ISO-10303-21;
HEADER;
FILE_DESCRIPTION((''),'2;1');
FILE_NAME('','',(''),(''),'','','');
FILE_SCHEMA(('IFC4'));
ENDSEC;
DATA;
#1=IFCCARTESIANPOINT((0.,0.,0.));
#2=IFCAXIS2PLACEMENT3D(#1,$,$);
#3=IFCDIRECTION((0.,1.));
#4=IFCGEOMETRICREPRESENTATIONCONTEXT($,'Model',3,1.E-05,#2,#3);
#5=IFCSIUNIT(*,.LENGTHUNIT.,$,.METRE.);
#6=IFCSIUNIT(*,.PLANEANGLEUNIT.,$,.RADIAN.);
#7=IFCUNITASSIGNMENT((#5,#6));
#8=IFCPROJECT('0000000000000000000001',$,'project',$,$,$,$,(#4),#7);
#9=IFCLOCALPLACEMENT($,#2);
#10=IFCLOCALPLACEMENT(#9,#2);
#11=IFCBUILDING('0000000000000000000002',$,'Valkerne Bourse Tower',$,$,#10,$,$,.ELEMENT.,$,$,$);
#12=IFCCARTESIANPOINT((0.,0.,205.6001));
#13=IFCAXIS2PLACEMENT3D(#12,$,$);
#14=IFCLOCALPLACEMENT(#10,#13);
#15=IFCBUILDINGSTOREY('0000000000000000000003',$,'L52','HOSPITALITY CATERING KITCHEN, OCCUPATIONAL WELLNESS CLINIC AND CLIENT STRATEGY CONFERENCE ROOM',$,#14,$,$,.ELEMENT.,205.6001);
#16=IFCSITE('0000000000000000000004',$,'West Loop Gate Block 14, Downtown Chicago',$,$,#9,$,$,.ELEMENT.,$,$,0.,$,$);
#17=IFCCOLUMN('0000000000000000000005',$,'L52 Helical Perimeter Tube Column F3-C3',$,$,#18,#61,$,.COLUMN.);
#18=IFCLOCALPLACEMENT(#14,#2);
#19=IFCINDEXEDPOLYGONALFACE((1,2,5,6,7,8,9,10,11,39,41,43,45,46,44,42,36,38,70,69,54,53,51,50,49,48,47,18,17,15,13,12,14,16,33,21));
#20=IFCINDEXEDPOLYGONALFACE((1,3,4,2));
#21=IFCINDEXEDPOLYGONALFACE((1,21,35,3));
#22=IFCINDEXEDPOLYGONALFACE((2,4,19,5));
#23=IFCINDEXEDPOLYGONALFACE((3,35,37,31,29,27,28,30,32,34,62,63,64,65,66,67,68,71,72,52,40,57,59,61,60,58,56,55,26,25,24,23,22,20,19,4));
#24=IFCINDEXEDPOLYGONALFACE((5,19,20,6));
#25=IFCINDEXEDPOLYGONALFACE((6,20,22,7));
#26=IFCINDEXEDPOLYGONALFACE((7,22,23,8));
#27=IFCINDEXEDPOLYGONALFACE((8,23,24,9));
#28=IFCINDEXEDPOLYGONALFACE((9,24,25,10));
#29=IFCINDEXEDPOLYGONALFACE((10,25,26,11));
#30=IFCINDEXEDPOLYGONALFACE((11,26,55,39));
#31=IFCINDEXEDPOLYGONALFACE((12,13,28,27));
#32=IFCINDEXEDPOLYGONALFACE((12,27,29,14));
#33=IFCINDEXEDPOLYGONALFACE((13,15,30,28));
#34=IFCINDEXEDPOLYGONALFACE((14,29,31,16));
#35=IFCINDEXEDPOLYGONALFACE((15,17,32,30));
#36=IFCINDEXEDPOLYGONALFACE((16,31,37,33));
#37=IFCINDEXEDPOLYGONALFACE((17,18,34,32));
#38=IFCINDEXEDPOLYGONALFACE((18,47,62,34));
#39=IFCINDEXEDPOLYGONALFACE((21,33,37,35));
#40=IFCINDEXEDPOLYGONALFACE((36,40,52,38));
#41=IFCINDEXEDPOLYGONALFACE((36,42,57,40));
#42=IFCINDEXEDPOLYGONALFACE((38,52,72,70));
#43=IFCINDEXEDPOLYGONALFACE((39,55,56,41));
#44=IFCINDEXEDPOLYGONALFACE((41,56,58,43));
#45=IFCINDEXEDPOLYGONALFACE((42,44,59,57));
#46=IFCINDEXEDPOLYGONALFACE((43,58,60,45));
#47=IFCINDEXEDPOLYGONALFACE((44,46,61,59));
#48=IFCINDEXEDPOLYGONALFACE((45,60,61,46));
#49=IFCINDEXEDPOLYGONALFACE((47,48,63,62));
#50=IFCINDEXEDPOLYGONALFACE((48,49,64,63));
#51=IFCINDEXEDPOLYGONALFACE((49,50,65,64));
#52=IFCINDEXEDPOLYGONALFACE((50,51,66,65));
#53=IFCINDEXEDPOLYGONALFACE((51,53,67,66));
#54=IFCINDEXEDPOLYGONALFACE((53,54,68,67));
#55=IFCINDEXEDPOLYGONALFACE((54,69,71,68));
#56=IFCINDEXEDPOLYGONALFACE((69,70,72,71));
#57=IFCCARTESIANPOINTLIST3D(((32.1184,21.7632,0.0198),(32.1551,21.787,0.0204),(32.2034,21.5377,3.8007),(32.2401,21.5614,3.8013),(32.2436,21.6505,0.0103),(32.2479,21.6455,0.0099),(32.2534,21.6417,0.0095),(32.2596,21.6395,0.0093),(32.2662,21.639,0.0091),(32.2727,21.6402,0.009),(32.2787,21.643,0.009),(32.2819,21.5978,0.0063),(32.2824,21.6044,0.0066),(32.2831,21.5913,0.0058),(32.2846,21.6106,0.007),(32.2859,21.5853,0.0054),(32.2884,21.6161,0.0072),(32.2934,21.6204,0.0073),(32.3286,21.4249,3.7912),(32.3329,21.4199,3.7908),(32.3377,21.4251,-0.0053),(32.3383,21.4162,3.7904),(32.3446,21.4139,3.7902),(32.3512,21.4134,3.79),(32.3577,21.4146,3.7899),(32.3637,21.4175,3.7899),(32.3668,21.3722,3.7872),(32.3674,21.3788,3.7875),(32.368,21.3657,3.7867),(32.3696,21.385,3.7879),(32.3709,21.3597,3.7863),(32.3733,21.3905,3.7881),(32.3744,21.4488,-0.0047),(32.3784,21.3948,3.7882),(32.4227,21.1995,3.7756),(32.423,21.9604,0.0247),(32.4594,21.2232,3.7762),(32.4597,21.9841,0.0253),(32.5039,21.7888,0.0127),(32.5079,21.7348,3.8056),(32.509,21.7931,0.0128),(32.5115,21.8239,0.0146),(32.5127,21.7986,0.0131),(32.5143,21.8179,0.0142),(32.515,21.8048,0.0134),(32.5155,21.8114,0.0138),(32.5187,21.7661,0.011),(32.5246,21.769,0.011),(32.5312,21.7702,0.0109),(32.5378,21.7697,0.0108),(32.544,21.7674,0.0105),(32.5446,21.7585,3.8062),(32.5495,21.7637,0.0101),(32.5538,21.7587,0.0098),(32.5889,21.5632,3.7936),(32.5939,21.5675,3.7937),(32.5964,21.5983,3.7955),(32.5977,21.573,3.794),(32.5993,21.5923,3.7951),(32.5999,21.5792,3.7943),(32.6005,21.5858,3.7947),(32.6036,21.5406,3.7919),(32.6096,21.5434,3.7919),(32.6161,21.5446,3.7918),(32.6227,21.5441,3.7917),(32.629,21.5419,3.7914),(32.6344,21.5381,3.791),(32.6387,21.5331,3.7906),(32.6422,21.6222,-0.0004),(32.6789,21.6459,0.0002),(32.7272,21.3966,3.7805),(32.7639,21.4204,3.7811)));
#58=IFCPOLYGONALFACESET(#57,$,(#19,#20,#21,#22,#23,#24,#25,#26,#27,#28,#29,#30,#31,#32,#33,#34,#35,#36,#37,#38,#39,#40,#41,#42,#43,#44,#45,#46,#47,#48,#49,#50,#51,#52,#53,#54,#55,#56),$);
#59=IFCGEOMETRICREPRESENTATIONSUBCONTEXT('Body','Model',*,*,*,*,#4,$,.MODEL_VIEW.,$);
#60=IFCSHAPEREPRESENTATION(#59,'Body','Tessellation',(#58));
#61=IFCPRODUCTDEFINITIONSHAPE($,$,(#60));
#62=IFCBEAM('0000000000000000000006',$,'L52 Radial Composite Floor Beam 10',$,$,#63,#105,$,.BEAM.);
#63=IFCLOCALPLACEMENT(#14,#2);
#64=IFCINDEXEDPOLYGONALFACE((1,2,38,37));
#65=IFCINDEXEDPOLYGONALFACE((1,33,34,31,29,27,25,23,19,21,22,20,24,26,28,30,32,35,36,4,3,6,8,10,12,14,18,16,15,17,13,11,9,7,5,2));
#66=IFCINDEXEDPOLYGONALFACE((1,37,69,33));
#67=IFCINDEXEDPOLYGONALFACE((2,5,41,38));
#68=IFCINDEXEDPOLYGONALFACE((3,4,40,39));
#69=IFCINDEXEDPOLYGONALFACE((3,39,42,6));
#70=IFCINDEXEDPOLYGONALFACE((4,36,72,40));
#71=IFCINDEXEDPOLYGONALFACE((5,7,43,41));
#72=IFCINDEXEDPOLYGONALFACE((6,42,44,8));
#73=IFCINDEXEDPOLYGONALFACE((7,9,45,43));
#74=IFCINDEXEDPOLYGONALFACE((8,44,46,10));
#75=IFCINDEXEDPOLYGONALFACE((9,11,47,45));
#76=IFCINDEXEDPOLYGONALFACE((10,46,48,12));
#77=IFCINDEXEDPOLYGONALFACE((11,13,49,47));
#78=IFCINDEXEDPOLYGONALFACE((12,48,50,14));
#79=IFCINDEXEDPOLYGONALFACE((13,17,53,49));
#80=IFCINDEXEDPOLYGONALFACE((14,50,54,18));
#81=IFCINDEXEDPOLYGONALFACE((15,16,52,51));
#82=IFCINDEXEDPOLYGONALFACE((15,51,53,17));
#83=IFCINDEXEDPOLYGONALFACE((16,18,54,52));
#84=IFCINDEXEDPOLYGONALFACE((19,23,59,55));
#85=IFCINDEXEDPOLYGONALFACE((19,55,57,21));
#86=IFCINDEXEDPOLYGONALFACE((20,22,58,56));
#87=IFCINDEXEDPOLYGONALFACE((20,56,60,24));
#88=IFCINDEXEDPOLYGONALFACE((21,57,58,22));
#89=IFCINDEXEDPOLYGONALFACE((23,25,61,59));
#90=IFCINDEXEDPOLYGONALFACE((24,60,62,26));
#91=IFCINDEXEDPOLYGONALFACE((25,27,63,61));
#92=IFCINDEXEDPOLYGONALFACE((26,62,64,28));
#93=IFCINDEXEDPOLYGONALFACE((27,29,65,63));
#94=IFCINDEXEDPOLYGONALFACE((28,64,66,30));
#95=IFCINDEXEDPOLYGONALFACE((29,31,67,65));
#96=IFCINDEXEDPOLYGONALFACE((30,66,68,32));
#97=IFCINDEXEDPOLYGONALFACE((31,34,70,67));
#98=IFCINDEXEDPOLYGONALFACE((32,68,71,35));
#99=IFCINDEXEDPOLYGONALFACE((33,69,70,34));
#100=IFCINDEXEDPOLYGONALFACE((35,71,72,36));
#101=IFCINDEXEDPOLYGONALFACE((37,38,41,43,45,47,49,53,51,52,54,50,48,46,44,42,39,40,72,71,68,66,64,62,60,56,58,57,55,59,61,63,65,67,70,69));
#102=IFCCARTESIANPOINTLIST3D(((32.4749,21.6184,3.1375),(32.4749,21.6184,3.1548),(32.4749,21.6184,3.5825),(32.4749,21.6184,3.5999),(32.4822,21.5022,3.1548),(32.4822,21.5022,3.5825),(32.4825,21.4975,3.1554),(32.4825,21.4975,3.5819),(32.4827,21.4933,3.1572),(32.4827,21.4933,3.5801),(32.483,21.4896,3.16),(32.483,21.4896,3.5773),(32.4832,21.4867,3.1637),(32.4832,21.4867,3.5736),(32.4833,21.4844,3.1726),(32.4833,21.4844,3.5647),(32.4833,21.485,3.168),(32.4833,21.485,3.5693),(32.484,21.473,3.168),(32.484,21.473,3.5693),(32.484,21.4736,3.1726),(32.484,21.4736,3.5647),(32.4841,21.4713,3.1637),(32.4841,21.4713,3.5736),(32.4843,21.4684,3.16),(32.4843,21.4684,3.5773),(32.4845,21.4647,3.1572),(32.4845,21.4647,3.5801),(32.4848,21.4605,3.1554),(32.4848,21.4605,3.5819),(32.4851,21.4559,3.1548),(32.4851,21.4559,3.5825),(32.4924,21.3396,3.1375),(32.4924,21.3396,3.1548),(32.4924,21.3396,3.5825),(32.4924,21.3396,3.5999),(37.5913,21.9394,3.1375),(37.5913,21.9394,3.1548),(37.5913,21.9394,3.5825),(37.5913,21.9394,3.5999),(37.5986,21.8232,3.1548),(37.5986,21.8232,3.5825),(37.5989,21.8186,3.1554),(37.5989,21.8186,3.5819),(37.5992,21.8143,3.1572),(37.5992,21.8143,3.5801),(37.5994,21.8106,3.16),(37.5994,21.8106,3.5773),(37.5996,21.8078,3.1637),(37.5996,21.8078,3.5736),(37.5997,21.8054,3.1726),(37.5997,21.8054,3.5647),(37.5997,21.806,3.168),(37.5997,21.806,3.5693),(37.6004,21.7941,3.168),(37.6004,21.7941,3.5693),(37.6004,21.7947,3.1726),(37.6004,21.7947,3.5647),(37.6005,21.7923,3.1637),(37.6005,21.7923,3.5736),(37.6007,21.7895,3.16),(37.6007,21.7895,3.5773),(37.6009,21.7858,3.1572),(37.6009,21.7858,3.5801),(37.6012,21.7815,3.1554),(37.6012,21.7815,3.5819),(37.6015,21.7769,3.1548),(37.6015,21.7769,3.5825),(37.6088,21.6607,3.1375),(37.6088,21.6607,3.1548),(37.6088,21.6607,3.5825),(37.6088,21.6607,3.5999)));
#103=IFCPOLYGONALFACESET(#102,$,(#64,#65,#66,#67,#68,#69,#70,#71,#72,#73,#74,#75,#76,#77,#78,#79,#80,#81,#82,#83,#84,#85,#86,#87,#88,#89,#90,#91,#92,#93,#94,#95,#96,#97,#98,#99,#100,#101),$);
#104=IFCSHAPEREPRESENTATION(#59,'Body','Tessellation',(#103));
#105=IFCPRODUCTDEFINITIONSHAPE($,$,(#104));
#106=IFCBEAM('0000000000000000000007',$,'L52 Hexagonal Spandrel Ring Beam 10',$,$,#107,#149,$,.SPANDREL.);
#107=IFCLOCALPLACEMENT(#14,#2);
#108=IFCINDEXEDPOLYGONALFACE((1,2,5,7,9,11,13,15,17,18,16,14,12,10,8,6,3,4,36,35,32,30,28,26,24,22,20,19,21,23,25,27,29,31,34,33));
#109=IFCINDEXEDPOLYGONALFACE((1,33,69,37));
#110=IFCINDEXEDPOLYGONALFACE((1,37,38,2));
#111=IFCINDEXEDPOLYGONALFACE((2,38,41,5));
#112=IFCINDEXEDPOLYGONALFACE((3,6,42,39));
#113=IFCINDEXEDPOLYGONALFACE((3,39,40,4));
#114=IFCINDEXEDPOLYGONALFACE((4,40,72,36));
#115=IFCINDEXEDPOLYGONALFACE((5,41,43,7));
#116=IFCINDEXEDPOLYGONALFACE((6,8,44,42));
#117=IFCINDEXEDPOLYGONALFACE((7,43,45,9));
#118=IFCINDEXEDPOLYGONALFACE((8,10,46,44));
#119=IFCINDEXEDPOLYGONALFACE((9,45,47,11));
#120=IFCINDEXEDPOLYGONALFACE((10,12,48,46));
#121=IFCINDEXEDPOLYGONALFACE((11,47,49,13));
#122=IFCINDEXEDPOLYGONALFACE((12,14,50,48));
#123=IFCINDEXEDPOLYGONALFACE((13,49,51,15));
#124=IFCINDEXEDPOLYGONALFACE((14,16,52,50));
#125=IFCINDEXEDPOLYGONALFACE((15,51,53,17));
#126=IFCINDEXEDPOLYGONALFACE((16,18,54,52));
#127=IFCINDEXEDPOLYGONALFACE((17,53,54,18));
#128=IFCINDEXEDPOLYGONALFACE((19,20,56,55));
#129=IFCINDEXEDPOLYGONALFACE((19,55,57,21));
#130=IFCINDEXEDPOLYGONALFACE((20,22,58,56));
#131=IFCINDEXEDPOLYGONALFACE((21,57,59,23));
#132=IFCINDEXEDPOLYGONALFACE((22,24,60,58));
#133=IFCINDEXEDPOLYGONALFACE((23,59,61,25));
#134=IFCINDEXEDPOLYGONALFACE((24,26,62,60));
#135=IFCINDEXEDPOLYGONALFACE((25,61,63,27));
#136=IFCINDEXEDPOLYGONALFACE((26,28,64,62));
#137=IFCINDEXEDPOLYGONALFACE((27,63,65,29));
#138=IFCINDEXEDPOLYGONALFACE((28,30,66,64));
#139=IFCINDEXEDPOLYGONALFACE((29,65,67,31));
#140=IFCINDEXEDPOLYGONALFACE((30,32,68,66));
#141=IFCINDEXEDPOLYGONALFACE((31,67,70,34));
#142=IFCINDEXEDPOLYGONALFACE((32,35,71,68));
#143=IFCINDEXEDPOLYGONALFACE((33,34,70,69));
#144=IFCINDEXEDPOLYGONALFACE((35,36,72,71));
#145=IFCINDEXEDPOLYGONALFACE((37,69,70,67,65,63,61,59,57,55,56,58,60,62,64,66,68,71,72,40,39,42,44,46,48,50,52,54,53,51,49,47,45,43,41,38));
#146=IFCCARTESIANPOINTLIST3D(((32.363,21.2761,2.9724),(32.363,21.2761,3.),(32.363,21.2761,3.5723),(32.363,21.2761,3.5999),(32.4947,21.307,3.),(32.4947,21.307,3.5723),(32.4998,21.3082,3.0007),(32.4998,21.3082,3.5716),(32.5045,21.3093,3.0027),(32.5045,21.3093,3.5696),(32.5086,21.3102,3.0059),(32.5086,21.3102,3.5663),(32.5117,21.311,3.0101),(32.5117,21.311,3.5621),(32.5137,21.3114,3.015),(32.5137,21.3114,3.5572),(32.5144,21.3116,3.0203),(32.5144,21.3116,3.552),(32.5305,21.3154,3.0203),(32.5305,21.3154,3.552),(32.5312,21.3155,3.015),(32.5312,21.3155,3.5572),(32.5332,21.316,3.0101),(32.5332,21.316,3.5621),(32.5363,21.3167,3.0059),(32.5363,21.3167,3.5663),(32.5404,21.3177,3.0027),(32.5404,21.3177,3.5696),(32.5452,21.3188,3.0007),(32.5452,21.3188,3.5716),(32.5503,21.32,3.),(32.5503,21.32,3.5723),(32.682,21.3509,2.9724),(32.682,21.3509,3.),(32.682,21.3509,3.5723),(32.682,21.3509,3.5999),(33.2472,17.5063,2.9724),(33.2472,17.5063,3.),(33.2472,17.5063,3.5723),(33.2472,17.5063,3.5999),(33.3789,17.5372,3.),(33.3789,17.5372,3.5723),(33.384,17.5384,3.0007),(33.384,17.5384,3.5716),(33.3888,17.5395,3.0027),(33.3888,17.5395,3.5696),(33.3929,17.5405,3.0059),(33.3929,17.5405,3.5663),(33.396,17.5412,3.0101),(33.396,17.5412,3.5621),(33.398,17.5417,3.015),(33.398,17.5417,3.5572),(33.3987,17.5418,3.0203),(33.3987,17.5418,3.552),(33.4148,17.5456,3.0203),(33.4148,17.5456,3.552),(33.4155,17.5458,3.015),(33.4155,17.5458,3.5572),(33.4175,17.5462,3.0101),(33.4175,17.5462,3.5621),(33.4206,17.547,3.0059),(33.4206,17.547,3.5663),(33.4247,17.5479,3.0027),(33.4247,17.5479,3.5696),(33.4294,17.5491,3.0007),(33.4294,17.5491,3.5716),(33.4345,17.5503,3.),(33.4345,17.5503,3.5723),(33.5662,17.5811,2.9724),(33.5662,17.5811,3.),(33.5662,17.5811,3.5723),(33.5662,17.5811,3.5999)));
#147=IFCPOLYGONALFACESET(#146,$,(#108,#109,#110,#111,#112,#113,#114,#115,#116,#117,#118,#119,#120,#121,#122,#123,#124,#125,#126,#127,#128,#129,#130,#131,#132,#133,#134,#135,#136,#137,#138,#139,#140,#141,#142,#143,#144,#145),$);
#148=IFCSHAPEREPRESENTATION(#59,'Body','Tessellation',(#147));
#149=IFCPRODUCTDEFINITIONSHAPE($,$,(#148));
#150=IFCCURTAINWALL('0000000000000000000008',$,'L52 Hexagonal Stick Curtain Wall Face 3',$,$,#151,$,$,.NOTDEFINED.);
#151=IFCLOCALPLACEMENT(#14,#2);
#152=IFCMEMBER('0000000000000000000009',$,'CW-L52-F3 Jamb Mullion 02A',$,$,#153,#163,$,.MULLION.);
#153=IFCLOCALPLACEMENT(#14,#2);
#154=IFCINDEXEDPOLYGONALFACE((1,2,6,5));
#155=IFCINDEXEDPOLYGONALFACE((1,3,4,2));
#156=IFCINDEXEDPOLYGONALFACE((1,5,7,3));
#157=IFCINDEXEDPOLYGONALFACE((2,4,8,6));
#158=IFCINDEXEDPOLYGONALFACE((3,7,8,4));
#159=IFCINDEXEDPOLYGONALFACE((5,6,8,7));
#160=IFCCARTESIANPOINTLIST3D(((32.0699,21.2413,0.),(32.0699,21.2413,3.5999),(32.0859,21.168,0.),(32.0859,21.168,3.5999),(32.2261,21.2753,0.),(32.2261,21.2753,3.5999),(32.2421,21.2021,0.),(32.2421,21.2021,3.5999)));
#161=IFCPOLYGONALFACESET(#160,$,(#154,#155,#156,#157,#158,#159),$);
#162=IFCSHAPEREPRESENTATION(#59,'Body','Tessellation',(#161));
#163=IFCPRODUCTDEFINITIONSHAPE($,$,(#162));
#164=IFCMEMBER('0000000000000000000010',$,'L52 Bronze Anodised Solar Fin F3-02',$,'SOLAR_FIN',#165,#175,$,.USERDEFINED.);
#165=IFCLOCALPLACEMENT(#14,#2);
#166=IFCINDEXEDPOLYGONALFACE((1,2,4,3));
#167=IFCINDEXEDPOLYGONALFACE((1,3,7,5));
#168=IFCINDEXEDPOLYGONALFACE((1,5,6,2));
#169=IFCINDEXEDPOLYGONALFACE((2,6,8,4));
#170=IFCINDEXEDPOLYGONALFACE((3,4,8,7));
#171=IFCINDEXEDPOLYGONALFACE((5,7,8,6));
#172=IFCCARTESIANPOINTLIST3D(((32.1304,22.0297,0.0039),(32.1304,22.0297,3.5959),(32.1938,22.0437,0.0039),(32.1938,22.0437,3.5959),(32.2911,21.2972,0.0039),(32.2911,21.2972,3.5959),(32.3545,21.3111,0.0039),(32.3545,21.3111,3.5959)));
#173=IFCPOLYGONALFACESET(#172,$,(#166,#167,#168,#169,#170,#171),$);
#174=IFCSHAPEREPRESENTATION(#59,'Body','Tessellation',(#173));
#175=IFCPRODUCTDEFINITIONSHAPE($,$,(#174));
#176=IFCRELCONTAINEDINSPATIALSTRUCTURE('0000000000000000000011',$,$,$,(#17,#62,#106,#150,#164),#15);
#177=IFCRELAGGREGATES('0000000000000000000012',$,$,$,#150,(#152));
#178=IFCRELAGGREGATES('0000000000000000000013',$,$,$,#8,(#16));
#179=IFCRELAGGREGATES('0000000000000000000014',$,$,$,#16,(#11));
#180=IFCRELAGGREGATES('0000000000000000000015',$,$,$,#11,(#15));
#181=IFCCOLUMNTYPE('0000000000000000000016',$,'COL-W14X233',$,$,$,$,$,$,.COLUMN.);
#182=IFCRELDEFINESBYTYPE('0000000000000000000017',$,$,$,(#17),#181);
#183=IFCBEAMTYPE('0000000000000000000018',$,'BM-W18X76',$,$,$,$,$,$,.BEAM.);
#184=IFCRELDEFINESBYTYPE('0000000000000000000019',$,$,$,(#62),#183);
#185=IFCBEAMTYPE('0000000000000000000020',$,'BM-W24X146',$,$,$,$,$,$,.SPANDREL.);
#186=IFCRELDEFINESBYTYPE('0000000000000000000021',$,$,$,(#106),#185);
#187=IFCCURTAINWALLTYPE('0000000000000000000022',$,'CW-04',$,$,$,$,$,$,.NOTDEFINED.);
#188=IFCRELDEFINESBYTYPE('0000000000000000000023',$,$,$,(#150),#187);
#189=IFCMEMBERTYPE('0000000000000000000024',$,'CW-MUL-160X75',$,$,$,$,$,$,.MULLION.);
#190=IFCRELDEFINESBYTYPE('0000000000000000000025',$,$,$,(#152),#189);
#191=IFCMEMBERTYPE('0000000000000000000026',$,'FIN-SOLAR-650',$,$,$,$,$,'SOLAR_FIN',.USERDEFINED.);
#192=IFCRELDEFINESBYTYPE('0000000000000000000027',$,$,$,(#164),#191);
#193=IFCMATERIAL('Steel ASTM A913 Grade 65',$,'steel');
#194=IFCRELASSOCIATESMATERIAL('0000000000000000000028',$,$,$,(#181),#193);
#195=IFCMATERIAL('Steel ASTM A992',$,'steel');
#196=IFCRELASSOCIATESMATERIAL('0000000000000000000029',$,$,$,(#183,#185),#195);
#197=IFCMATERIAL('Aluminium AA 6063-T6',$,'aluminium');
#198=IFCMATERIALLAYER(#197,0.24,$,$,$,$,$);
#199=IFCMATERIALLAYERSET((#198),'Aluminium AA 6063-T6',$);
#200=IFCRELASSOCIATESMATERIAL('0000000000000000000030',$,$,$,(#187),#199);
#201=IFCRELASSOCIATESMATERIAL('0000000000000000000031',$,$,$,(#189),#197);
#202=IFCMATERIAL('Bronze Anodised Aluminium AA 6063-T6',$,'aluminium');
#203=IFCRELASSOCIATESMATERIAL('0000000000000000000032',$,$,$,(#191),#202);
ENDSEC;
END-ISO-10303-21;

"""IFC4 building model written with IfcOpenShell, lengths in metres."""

from ifc_helpers import new_model, si_unit, direction, frame, origin, origin_2d, place, context, subcontext, project, spatial, rectangle, i_section, extrude, material, layer, layer_set, material_profile, profile_set, type_object, element, aggregate, save


model = new_model("IFC4")

# Units and contexts
model_context = context("Model", 3, precision=1e-05, world=origin(), true_north=direction((0.0, 1.0)))
body_context = subcontext(model_context, "Body", "Model", "MODEL_VIEW")
ifc_project = project(units=[si_unit("LENGTHUNIT", "METRE"), si_unit("PLANEANGLEUNIT", "RADIAN")], contexts=[model_context])

# Site, building, storey
site_placement = place(None, origin())
site = spatial("IfcSite", under=ifc_project, at=site_placement, Name="West Loop Gate Block 14, Downtown Chicago", CompositionType="ELEMENT", RefElevation=0.0)
building_placement = place(site_placement, origin())
building = spatial("IfcBuilding", under=site, at=building_placement, Name="Valkerne Bourse Tower", CompositionType="ELEMENT")
storey_placement = place(building_placement, frame((0.0, 0.0, 205.6001)))
storey = spatial("IfcBuildingStorey", under=building, at=storey_placement, Name="L52", Description="HOSPITALITY CATERING KITCHEN, OCCUPATIONAL WELLNESS CLINIC AND CLIENT STRATEGY CONFERENCE ROOM", CompositionType="ELEMENT", Elevation=205.6001)

# Column
ifc_material_1 = material(Name="Steel ASTM A913 Grade 65", Category="steel")
ifc_material_profile_1 = material_profile(ifc_material_1, i_section(OverallWidth=0.4038, OverallDepth=0.4065, WebThickness=0.0271, FlangeThickness=0.0437, FilletRadius=0.0254, at=origin_2d()), Name="W14X233")
ifc_profile_set_1 = profile_set([ifc_material_profile_1], Name="Steel ASTM A913 Grade 65")
column_type = type_object("IfcColumnType", Name="COL-W14X233", PredefinedType="COLUMN", material=ifc_profile_set_1)
column_placement = place(storey_placement, frame((32.3987, 21.7046, 0.01), z_axis=(0.022425, -0.059542, 0.997974), x_axis=(0.543027, -0.837411, -0.062164)))
element("IfcColumn", 1, at=column_placement, inside=storey, type_object=column_type, Name="L52 Helical Perimeter Tube Column F3-C3", PredefinedType="COLUMN", context=body_context, shape_type="SweptSolid", body=[
    extrude(i_section(OverallWidth=0.4038, OverallDepth=0.4065, WebThickness=0.0271, FlangeThickness=0.0437, FilletRadius=0.0254, at=origin_2d()), origin(), (0.0, 0.0, 1.0), 3.7886),
])

# Beams
ifc_material_2 = material(Name="Steel ASTM A992", Category="steel")
ifc_material_profile_2 = material_profile(ifc_material_2, i_section(OverallWidth=0.2793, OverallDepth=0.4624, WebThickness=0.0107, FlangeThickness=0.0173, FilletRadius=0.0178, at=origin_2d()), Name="W18X76")
ifc_profile_set_2 = profile_set([ifc_material_profile_2], Name="Steel ASTM A992")
beam_type_1 = type_object("IfcBeamType", Name="BM-W18X76", PredefinedType="BEAM", material=ifc_profile_set_2)
beam_1_placement = place(storey_placement, frame((32.4836, 21.479, 3.3687), z_axis=(0.998037, 0.062624, 0.0), x_axis=(-0.062624, 0.998037, 0.0)))
element("IfcBeam", 2, at=beam_1_placement, inside=storey, type_object=beam_type_1, Name="L52 Radial Composite Floor Beam 10", PredefinedType="BEAM", context=body_context, shape_type="SweptSolid", body=[
    extrude(i_section(OverallWidth=0.2793, OverallDepth=0.4624, WebThickness=0.0107, FlangeThickness=0.0173, FilletRadius=0.0178, at=origin_2d()), origin(), (0.0, 0.0, 1.0), 5.1265),
])
ifc_material_profile_3 = material_profile(ifc_material_2, i_section(OverallWidth=0.3276, OverallDepth=0.6274, WebThickness=0.0166, FlangeThickness=0.0276, FilletRadius=0.0203, at=origin_2d()), Name="W24X146")
ifc_profile_set_3 = profile_set([ifc_material_profile_3], Name="Steel ASTM A992")
beam_type_2 = type_object("IfcBeamType", Name="BM-W24X146", PredefinedType="SPANDREL", material=ifc_profile_set_3)
beam_2_placement = place(storey_placement, frame((32.5225, 21.3135, 3.2861), z_axis=(0.228372, -0.973574, 0.0), x_axis=(0.973574, 0.228372, 0.0)))
element("IfcBeam", 3, at=beam_2_placement, inside=storey, type_object=beam_type_2, Name="L52 Hexagonal Spandrel Ring Beam 10", PredefinedType="SPANDREL", context=body_context, shape_type="SweptSolid", body=[
    extrude(i_section(OverallWidth=0.3276, OverallDepth=0.6274, WebThickness=0.0166, FlangeThickness=0.0276, FilletRadius=0.0203, at=origin_2d()), origin(), (0.0, 0.0, 1.0), 3.8721),
])

# Curtain wall, member
ifc_material_3 = material(Name="Aluminium AA 6063-T6", Category="aluminium")
ifc_layer_1 = layer(ifc_material_3, 0.24)
ifc_layer_set_1 = layer_set([ifc_layer_1], Name="Aluminium AA 6063-T6")
curtain_wall_type = type_object("IfcCurtainWallType", Name="CW-04", PredefinedType="NOTDEFINED", material=ifc_layer_set_1)
curtain_wall_placement = place(storey_placement, origin())
curtain_wall = element("IfcCurtainWall", 4, at=curtain_wall_placement, inside=storey, type_object=curtain_wall_type, Name="L52 Hexagonal Stick Curtain Wall Face 3", PredefinedType="NOTDEFINED")
ifc_material_profile_4 = material_profile(ifc_material_3, rectangle(XDim=0.075, YDim=0.1599, at=origin_2d()), Name="CWM-75X160")
ifc_profile_set_4 = profile_set([ifc_material_profile_4], Name="Aluminium AA 6063-T6")
member_type_1 = type_object("IfcMemberType", Name="CW-MUL-160X75", PredefinedType="MULLION", material=ifc_profile_set_4)
member_1_placement = place(storey_placement, frame((32.156, 21.2217, 0.0), z_axis=(0.0, 0.0, 1.0), x_axis=(0.213035, -0.977045, 0.0)))
member_1 = element("IfcMember", 5, at=member_1_placement, type_object=member_type_1, Name="CW-L52-F3 Jamb Mullion 02A", PredefinedType="MULLION", context=body_context, shape_type="SweptSolid", body=[
    extrude(rectangle(XDim=0.075, YDim=0.1599, at=origin_2d()), origin(), (0.0, 0.0, 1.0), 3.5999),
])

# Member
ifc_material_4 = material(Name="Bronze Anodised Aluminium AA 6063-T6", Category="aluminium")
ifc_material_profile_5 = material_profile(ifc_material_4, rectangle(XDim=0.0649, YDim=0.75, at=origin_2d()), Name="FIN-65X750")
ifc_profile_set_5 = profile_set([ifc_material_profile_5], Name="Bronze Anodised Aluminium AA 6063-T6")
member_type_2 = type_object("IfcMemberType", Name="FIN-SOLAR-650", ElementType="SOLAR_FIN", PredefinedType="USERDEFINED", material=ifc_profile_set_5)
member_2_placement = place(storey_placement, frame((32.2424, 21.6704, 0.0039), z_axis=(0.0, 0.0, 1.0), x_axis=(-0.976771, -0.214286, 0.0)))
element("IfcMember", 6, at=member_2_placement, inside=storey, type_object=member_type_2, Name="L52 Bronze Anodised Solar Fin F3-02", ObjectType="SOLAR_FIN", PredefinedType="USERDEFINED", context=body_context, shape_type="SweptSolid", body=[
    extrude(rectangle(XDim=0.0649, YDim=0.75, at=origin_2d()), origin(), (0.0, 0.0, 1.0), 3.592),
])

aggregate(curtain_wall, [member_1])

save(model, "model.ifc")
